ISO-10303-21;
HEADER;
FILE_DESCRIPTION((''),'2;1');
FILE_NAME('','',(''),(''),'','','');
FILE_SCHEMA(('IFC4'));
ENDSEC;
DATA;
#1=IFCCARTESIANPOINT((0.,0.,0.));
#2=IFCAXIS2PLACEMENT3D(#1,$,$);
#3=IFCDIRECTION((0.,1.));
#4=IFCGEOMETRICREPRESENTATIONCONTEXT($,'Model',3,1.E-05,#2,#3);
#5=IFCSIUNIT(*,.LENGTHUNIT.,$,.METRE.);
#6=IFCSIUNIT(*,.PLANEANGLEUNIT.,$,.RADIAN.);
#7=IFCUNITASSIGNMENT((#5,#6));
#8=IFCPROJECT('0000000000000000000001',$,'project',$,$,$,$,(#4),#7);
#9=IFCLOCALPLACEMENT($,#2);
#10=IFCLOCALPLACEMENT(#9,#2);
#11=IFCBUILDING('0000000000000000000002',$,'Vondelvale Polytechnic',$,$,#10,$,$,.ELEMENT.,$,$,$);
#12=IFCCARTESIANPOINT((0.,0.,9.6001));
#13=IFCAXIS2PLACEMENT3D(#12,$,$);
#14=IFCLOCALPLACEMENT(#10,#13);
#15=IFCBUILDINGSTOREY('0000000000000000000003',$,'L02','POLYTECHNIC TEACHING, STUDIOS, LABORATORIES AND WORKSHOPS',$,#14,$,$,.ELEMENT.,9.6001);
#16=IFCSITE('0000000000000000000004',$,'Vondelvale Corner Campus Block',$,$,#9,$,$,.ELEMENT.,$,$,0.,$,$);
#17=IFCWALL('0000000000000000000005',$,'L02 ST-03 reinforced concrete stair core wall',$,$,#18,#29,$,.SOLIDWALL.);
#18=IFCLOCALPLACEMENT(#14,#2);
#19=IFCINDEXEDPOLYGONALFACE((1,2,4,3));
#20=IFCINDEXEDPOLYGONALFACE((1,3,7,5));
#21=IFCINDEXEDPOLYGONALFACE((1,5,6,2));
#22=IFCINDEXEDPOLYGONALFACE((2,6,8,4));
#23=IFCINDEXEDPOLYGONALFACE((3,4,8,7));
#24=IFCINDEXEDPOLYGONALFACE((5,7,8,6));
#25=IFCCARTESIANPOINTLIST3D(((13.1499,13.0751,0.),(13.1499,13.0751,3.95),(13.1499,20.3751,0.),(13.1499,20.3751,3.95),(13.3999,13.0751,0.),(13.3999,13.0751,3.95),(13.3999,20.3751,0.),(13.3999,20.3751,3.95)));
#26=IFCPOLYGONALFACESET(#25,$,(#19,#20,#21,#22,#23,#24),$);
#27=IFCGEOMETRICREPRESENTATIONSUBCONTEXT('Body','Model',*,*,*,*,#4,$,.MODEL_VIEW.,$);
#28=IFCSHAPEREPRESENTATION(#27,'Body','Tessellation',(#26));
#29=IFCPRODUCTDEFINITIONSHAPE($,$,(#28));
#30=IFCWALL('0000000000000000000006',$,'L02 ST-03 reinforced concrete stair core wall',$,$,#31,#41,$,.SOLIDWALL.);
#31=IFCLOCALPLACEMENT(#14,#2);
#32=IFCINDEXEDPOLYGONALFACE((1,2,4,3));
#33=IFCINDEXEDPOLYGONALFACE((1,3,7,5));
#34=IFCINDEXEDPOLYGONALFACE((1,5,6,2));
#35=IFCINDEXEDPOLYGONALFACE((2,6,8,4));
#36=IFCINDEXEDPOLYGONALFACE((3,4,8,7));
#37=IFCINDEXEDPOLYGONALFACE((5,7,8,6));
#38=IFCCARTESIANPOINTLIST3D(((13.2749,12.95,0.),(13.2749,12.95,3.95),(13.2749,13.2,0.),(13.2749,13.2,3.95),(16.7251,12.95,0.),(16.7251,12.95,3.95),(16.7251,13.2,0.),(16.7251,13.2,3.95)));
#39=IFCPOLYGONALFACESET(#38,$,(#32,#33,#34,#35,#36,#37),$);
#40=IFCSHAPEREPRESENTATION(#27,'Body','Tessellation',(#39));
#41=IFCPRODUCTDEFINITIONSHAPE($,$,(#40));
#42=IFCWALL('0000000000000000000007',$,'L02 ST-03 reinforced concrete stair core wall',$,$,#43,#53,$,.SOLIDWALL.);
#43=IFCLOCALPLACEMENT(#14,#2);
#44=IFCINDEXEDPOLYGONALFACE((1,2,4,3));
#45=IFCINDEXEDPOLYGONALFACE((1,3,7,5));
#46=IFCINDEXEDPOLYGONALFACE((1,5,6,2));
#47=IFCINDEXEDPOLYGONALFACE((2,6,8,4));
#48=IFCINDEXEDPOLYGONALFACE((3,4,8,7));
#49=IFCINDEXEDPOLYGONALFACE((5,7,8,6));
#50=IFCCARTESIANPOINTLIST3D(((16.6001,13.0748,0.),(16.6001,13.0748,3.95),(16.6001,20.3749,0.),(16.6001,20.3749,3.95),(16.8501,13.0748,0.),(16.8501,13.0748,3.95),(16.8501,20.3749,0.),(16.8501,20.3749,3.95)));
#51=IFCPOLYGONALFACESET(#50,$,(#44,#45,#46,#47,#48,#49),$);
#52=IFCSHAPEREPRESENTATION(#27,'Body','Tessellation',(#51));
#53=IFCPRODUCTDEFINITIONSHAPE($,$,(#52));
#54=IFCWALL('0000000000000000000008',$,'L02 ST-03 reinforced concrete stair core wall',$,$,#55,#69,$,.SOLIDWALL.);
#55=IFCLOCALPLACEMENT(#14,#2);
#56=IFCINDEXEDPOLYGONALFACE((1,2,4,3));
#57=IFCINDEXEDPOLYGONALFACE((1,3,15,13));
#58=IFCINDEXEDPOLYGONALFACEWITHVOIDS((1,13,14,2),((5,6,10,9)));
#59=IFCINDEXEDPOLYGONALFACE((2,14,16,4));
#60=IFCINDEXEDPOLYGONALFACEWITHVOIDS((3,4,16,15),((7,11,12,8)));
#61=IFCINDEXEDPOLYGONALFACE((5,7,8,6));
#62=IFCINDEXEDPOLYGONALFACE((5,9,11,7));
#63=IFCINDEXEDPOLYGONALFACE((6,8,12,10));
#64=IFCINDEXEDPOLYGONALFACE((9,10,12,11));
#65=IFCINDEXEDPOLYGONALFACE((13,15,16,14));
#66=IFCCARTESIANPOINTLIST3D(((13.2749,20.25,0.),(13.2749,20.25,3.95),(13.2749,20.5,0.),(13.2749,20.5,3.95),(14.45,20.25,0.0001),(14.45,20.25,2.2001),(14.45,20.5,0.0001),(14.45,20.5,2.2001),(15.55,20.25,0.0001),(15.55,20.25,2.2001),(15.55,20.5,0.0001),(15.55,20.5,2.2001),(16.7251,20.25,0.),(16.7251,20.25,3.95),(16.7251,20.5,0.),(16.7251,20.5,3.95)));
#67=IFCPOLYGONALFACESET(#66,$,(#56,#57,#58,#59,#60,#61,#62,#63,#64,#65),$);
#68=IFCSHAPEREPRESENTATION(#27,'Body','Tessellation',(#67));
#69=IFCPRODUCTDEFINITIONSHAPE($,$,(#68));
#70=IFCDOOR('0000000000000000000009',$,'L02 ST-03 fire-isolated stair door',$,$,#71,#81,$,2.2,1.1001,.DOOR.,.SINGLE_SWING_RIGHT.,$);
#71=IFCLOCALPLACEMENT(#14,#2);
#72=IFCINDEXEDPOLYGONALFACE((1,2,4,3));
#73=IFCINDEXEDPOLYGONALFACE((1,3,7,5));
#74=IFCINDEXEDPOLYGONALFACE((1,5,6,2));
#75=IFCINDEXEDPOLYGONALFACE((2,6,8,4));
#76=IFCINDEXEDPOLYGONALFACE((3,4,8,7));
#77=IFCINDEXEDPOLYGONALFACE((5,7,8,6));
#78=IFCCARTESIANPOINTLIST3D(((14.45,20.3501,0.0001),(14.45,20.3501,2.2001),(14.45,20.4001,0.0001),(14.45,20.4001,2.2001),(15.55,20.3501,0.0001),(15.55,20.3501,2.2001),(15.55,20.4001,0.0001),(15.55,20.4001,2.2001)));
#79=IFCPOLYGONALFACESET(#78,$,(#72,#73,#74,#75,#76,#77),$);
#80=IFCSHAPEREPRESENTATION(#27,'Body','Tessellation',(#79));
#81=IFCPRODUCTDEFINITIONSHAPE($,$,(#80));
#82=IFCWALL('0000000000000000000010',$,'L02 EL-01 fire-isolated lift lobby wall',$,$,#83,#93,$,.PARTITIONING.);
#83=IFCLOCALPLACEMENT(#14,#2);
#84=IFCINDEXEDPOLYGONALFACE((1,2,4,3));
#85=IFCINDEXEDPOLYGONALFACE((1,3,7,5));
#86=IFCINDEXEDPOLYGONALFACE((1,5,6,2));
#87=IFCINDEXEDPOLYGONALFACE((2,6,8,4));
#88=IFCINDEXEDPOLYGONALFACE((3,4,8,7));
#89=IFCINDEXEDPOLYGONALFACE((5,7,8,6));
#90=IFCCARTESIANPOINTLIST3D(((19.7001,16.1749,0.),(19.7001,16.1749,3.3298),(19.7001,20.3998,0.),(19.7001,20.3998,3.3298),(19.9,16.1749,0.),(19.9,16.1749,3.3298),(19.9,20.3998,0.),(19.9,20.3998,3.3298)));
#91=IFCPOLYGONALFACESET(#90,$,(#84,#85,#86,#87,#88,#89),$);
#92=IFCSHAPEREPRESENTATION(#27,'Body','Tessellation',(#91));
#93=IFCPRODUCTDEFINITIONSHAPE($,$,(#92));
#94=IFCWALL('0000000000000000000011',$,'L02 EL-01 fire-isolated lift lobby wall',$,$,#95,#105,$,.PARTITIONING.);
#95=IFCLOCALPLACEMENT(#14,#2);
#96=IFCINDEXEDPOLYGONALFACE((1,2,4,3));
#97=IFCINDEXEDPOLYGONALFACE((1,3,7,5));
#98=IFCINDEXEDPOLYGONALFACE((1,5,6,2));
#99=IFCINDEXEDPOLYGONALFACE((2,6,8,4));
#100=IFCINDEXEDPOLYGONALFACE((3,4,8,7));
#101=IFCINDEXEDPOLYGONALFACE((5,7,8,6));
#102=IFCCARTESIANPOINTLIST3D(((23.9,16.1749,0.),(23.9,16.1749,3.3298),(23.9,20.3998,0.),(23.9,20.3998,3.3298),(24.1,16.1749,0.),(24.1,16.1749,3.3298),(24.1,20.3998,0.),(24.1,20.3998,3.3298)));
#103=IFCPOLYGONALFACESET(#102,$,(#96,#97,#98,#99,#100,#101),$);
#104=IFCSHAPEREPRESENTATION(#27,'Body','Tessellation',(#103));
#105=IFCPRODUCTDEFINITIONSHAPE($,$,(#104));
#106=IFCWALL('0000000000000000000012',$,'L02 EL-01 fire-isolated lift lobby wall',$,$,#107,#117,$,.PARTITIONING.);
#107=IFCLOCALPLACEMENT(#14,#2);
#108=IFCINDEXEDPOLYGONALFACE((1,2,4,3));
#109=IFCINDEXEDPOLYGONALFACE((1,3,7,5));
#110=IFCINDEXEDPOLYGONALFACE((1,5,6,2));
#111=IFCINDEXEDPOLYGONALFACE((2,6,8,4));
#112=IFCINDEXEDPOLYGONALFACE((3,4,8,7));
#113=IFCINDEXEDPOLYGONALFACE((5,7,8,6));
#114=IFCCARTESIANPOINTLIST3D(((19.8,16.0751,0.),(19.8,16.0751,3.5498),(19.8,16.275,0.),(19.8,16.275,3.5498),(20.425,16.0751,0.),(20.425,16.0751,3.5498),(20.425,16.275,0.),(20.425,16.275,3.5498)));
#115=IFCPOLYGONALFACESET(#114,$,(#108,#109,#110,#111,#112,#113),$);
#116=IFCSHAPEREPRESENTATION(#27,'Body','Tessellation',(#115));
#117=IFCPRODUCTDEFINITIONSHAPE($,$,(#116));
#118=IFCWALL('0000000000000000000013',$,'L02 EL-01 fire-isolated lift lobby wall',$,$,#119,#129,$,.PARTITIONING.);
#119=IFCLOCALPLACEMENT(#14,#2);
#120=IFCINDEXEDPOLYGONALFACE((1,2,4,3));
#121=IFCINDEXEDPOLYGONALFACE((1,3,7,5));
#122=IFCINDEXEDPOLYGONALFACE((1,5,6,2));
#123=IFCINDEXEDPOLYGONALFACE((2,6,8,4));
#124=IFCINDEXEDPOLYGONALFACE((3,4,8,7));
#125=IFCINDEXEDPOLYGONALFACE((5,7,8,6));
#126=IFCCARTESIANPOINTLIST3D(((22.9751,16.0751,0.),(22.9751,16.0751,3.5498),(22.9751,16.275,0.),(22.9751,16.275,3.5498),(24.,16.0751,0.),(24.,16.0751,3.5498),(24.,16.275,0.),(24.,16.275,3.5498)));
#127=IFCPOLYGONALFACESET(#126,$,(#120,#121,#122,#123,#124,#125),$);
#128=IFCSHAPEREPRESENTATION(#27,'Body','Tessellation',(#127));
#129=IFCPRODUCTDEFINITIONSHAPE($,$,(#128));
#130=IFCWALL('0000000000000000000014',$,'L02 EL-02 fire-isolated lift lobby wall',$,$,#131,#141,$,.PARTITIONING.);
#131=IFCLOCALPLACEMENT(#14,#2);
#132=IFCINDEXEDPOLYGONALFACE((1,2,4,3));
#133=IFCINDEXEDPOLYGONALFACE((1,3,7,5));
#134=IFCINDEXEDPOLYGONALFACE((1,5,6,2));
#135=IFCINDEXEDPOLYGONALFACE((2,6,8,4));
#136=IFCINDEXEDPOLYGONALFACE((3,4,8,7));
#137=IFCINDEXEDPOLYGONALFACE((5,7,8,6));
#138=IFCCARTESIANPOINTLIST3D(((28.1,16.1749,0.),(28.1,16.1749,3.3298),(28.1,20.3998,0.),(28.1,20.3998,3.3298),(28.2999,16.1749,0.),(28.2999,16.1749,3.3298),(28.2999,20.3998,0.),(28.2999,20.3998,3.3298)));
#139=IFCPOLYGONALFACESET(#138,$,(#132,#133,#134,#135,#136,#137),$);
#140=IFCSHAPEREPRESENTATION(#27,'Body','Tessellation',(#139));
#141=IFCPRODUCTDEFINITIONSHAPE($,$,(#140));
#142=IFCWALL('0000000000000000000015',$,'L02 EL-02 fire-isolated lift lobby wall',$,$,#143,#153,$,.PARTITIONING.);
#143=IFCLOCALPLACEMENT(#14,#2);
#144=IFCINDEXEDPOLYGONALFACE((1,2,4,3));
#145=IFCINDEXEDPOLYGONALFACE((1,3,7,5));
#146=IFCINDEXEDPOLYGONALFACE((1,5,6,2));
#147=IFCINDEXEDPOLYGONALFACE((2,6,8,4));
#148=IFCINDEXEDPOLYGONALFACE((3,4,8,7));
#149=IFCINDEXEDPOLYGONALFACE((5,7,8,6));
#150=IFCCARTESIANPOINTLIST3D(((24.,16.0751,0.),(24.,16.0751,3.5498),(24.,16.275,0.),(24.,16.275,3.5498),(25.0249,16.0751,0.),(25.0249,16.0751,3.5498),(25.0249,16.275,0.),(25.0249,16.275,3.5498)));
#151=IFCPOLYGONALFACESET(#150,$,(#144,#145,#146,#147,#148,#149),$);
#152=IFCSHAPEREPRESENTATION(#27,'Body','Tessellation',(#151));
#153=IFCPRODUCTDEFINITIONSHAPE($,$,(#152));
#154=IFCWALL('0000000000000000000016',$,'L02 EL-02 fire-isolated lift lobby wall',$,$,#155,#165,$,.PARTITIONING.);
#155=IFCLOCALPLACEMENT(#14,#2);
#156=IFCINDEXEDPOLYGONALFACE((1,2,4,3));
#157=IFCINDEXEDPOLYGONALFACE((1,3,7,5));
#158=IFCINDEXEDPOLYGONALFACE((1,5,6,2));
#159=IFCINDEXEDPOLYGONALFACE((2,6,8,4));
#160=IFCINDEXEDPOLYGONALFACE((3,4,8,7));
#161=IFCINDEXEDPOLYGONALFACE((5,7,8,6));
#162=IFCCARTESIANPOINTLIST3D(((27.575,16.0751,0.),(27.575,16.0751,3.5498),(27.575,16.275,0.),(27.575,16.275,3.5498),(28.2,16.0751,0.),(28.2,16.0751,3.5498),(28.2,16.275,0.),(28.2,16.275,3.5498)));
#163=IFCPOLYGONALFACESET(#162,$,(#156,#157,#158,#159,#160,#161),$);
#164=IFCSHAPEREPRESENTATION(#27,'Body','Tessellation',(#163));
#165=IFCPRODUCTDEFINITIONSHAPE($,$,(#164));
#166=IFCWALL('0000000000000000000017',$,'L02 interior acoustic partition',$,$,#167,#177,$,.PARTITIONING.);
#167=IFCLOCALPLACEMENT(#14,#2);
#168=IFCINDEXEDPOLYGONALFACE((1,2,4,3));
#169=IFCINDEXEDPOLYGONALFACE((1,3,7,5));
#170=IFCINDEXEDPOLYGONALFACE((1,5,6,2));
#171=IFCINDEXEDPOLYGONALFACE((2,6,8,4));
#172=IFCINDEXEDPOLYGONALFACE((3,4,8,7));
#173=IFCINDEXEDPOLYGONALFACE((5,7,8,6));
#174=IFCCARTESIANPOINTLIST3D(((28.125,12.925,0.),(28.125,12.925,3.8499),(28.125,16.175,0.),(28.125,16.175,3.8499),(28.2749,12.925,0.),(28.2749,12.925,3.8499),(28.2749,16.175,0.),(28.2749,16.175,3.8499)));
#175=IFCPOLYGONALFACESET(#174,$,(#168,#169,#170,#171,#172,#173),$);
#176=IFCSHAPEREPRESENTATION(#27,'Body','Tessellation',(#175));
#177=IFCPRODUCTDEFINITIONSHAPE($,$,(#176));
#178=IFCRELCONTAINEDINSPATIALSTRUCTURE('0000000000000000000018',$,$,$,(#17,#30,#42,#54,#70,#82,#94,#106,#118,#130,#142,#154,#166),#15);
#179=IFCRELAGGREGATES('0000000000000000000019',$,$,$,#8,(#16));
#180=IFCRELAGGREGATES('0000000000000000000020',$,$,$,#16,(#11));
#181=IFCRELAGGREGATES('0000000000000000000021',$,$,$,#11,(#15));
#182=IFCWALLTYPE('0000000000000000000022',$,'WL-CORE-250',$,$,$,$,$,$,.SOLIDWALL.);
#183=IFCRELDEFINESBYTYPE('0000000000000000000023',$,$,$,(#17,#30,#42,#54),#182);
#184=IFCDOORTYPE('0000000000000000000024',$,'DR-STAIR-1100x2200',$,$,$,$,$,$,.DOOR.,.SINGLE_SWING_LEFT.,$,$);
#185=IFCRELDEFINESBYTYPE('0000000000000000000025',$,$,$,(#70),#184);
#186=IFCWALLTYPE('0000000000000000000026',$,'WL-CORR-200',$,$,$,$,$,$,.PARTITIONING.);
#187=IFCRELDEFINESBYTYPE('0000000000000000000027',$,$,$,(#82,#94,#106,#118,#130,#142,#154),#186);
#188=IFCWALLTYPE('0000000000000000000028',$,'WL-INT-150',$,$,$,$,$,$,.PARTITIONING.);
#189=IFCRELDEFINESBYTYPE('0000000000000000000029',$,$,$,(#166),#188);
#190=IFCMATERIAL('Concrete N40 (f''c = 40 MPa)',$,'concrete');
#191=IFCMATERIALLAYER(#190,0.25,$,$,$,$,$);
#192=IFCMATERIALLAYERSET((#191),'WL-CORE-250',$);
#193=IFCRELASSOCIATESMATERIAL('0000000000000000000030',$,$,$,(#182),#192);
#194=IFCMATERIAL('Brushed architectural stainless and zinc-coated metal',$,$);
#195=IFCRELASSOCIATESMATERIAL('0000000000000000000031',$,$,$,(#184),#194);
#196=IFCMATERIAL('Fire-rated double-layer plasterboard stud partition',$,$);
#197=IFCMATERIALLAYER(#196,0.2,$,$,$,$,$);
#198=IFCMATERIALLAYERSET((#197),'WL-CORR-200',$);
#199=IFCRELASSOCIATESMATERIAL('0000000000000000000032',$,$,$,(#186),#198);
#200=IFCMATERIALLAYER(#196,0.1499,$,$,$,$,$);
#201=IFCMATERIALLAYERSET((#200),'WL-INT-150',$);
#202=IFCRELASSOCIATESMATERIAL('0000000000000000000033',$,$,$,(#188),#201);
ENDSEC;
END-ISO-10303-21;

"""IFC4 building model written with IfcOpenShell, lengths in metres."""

from ifc_helpers import new_model, si_unit, direction, frame, frame_2d, origin, place, context, subcontext, project, spatial, rectangle, extrude, material, layer, layer_set, type_object, element, fill, save


model = new_model("IFC4")

# Units and contexts
model_context = context("Model", 3, precision=1e-05, world=origin(), true_north=direction((0.0, 1.0)))
body_context = subcontext(model_context, "Body", "Model", "MODEL_VIEW")
ifc_project = project(units=[si_unit("LENGTHUNIT", "METRE"), si_unit("PLANEANGLEUNIT", "RADIAN")], contexts=[model_context])

# Site, building, storey
site_placement = place(None, origin())
site = spatial("IfcSite", under=ifc_project, at=site_placement, Name="Vondelvale Corner Campus Block", CompositionType="ELEMENT", RefElevation=0.0)
building_placement = place(site_placement, origin())
building = spatial("IfcBuilding", under=site, at=building_placement, Name="Vondelvale Polytechnic", CompositionType="ELEMENT")
storey_placement = place(building_placement, frame((0.0, 0.0, 9.6001)))
storey = spatial("IfcBuildingStorey", under=building, at=storey_placement, Name="L02", Description="POLYTECHNIC TEACHING, STUDIOS, LABORATORIES AND WORKSHOPS", CompositionType="ELEMENT", Elevation=9.6001)

# Walls
ifc_material_1 = material(Name="Concrete N40 (f'c = 40 MPa)", Category="concrete")
ifc_layer_1 = layer(ifc_material_1, 0.25)
ifc_layer_set_1 = layer_set([ifc_layer_1], Name="WL-CORE-250")
wall_type_1 = type_object("IfcWallType", Name="WL-CORE-250", PredefinedType="SOLIDWALL", material=ifc_layer_set_1)
wall_1_placement = place(storey_placement, frame((13.2749, 20.375, 0.0), z_axis=(0.0, 0.0, 1.0), x_axis=(0.0, -1.0, 0.0)))
element("IfcWall", 1, at=wall_1_placement, inside=storey, type_object=wall_type_1, Name="L02 ST-03 reinforced concrete stair core wall", PredefinedType="SOLIDWALL", context=body_context, shape_type="SweptSolid", body=[
    extrude(rectangle(XDim=7.3, YDim=0.25, at=frame_2d((3.6499, 0.0))), origin(), (0.0, 0.0, 1.0), 3.95),
])
wall_2_placement = place(storey_placement, frame((13.2749, 13.075, 0.0), z_axis=(0.0, 0.0, 1.0), x_axis=(1.0, 0.0, 0.0)))
element("IfcWall", 2, at=wall_2_placement, inside=storey, type_object=wall_type_1, Name="L02 ST-03 reinforced concrete stair core wall", PredefinedType="SOLIDWALL", context=body_context, shape_type="SweptSolid", body=[
    extrude(rectangle(XDim=3.4502, YDim=0.25, at=frame_2d((1.7251, 0.0))), origin(), (0.0, 0.0, 1.0), 3.95),
])
wall_3_placement = place(storey_placement, frame((16.7251, 13.075, 0.0), z_axis=(0.0, 0.0, 1.0), x_axis=(0.0, 1.0, 0.0)))
element("IfcWall", 3, at=wall_3_placement, inside=storey, type_object=wall_type_1, Name="L02 ST-03 reinforced concrete stair core wall", PredefinedType="SOLIDWALL", context=body_context, shape_type="SweptSolid", body=[
    extrude(rectangle(XDim=7.3, YDim=0.25, at=frame_2d((3.6499, 0.0))), origin(), (0.0, 0.0, 1.0), 3.95),
])

# Wall, opening, door
wall_4_placement = place(storey_placement, frame((16.7251, 20.375, 0.0), z_axis=(0.0, 0.0, 1.0), x_axis=(-1.0, 0.0, 0.0)))
wall_4 = element("IfcWall", 4, at=wall_4_placement, inside=storey, type_object=wall_type_1, Name="L02 ST-03 reinforced concrete stair core wall", PredefinedType="SOLIDWALL", context=body_context, shape_type="SweptSolid", body=[
    extrude(rectangle(XDim=3.4502, YDim=0.25, at=frame_2d((1.7251, 0.0))), origin(), (0.0, 0.0, 1.0), 3.95),
])
opening_1_placement = place(wall_4_placement, frame((1.175, 0.0, 0.0)))
opening_1 = element("IfcOpeningElement", 5, at=opening_1_placement, cuts=wall_4, PredefinedType="OPENING", context=body_context, shape_type="SweptSolid", body=[
    extrude(rectangle(XDim=1.1001, YDim=2.2, at=frame_2d((0.55, 1.1001))), frame((0.0, 0.135, 0.0), z_axis=(0.0, -1.0, 0.0), x_axis=(1.0, 0.0, 0.0)), (0.0, 0.0, 1.0), 0.27),
])
ifc_material_2 = material(Name="Brushed architectural stainless and zinc-coated metal")
door_type_1 = type_object("IfcDoorType", Name="DR-STAIR-1100x2200", OperationType="SINGLE_SWING_LEFT", PredefinedType="DOOR", material=ifc_material_2)
door_1_placement = place(opening_1_placement, origin())
door_1 = element("IfcDoor", 6, at=door_1_placement, inside=storey, type_object=door_type_1, Name="L02 ST-03 fire-isolated stair door", OperationType="SINGLE_SWING_RIGHT", OverallHeight=2.2, OverallWidth=1.1001, PredefinedType="DOOR", context=body_context, shape_type="SweptSolid", body=[
    extrude(rectangle(XDim=1.1001, YDim=2.2, at=frame_2d((0.55, 1.1001))), frame((0.0, 0.0249, 0.0), z_axis=(0.0, -1.0, 0.0), x_axis=(1.0, 0.0, 0.0)), (0.0, 0.0, 1.0), 0.05),
])
fill(opening_1, door_1)

# Walls
ifc_material_3 = material(Name="Fire-rated double-layer plasterboard stud partition")
ifc_layer_2 = layer(ifc_material_3, 0.2)
ifc_layer_set_2 = layer_set([ifc_layer_2], Name="WL-CORR-200")
wall_type_2 = type_object("IfcWallType", Name="WL-CORR-200", PredefinedType="PARTITIONING", material=ifc_layer_set_2)
for number, where, z_axis, x_axis, name in (
    (7, (19.8, 16.175, 0.0), (0.0, 0.0, 1.0), (0.0, 1.0, 0.0), "L02 EL-01 fire-isolated lift lobby wall"),
    (8, (24.0, 16.175, 0.0), (0.0, 0.0, 1.0), (0.0, 1.0, 0.0), "L02 EL-01 fire-isolated lift lobby wall"),
):
    element("IfcWall", number, at=place(storey_placement, frame(where, z_axis=z_axis, x_axis=x_axis)), inside=storey, type_object=wall_type_2, Name=name, PredefinedType="PARTITIONING", context=body_context, shape_type="SweptSolid", body=[
        extrude(rectangle(XDim=4.2249, YDim=0.2, at=frame_2d((2.1123, 0.0))), origin(), (0.0, 0.0, 1.0), 3.3298),
    ])
wall_5_placement = place(storey_placement, frame((19.8, 16.175, 0.0), z_axis=(0.0, 0.0, 1.0), x_axis=(1.0, 0.0, 0.0)))
element("IfcWall", 9, at=wall_5_placement, inside=storey, type_object=wall_type_2, Name="L02 EL-01 fire-isolated lift lobby wall", PredefinedType="PARTITIONING", context=body_context, shape_type="SweptSolid", body=[
    extrude(rectangle(XDim=0.625, YDim=0.2, at=frame_2d((0.3125, 0.0))), origin(), (0.0, 0.0, 1.0), 3.5498),
])
wall_6_placement = place(storey_placement, frame((22.9751, 16.175, 0.0), z_axis=(0.0, 0.0, 1.0), x_axis=(1.0, 0.0, 0.0)))
element("IfcWall", 10, at=wall_6_placement, inside=storey, type_object=wall_type_2, Name="L02 EL-01 fire-isolated lift lobby wall", PredefinedType="PARTITIONING", context=body_context, shape_type="SweptSolid", body=[
    extrude(rectangle(XDim=1.0249, YDim=0.2, at=frame_2d((0.5125, 0.0))), origin(), (0.0, 0.0, 1.0), 3.5498),
])
wall_7_placement = place(storey_placement, frame((28.2, 16.175, 0.0), z_axis=(0.0, 0.0, 1.0), x_axis=(0.0, 1.0, 0.0)))
element("IfcWall", 11, at=wall_7_placement, inside=storey, type_object=wall_type_2, Name="L02 EL-02 fire-isolated lift lobby wall", PredefinedType="PARTITIONING", context=body_context, shape_type="SweptSolid", body=[
    extrude(rectangle(XDim=4.2249, YDim=0.2, at=frame_2d((2.1123, 0.0))), origin(), (0.0, 0.0, 1.0), 3.3298),
])
wall_8_placement = place(storey_placement, frame((24.0, 16.175, 0.0), z_axis=(0.0, 0.0, 1.0), x_axis=(1.0, 0.0, 0.0)))
element("IfcWall", 12, at=wall_8_placement, inside=storey, type_object=wall_type_2, Name="L02 EL-02 fire-isolated lift lobby wall", PredefinedType="PARTITIONING", context=body_context, shape_type="SweptSolid", body=[
    extrude(rectangle(XDim=1.0249, YDim=0.2, at=frame_2d((0.5125, 0.0))), origin(), (0.0, 0.0, 1.0), 3.5498),
])
wall_9_placement = place(storey_placement, frame((27.575, 16.175, 0.0), z_axis=(0.0, 0.0, 1.0), x_axis=(1.0, 0.0, 0.0)))
element("IfcWall", 13, at=wall_9_placement, inside=storey, type_object=wall_type_2, Name="L02 EL-02 fire-isolated lift lobby wall", PredefinedType="PARTITIONING", context=body_context, shape_type="SweptSolid", body=[
    extrude(rectangle(XDim=0.625, YDim=0.2, at=frame_2d((0.3125, 0.0))), origin(), (0.0, 0.0, 1.0), 3.5498),
])
ifc_layer_3 = layer(ifc_material_3, 0.1499)
ifc_layer_set_3 = layer_set([ifc_layer_3], Name="WL-INT-150")
wall_type_3 = type_object("IfcWallType", Name="WL-INT-150", PredefinedType="PARTITIONING", material=ifc_layer_set_3)
wall_10_placement = place(storey_placement, frame((28.2, 12.925, 0.0), z_axis=(0.0, 0.0, 1.0), x_axis=(0.0, 1.0, 0.0)))
element("IfcWall", 14, at=wall_10_placement, inside=storey, type_object=wall_type_3, Name="L02 interior acoustic partition", PredefinedType="PARTITIONING", context=body_context, shape_type="SweptSolid", body=[
    extrude(rectangle(XDim=3.25, YDim=0.1499, at=frame_2d((1.625, 0.0))), origin(), (0.0, 0.0, 1.0), 3.8499),
])

save(model, "model.ifc")
